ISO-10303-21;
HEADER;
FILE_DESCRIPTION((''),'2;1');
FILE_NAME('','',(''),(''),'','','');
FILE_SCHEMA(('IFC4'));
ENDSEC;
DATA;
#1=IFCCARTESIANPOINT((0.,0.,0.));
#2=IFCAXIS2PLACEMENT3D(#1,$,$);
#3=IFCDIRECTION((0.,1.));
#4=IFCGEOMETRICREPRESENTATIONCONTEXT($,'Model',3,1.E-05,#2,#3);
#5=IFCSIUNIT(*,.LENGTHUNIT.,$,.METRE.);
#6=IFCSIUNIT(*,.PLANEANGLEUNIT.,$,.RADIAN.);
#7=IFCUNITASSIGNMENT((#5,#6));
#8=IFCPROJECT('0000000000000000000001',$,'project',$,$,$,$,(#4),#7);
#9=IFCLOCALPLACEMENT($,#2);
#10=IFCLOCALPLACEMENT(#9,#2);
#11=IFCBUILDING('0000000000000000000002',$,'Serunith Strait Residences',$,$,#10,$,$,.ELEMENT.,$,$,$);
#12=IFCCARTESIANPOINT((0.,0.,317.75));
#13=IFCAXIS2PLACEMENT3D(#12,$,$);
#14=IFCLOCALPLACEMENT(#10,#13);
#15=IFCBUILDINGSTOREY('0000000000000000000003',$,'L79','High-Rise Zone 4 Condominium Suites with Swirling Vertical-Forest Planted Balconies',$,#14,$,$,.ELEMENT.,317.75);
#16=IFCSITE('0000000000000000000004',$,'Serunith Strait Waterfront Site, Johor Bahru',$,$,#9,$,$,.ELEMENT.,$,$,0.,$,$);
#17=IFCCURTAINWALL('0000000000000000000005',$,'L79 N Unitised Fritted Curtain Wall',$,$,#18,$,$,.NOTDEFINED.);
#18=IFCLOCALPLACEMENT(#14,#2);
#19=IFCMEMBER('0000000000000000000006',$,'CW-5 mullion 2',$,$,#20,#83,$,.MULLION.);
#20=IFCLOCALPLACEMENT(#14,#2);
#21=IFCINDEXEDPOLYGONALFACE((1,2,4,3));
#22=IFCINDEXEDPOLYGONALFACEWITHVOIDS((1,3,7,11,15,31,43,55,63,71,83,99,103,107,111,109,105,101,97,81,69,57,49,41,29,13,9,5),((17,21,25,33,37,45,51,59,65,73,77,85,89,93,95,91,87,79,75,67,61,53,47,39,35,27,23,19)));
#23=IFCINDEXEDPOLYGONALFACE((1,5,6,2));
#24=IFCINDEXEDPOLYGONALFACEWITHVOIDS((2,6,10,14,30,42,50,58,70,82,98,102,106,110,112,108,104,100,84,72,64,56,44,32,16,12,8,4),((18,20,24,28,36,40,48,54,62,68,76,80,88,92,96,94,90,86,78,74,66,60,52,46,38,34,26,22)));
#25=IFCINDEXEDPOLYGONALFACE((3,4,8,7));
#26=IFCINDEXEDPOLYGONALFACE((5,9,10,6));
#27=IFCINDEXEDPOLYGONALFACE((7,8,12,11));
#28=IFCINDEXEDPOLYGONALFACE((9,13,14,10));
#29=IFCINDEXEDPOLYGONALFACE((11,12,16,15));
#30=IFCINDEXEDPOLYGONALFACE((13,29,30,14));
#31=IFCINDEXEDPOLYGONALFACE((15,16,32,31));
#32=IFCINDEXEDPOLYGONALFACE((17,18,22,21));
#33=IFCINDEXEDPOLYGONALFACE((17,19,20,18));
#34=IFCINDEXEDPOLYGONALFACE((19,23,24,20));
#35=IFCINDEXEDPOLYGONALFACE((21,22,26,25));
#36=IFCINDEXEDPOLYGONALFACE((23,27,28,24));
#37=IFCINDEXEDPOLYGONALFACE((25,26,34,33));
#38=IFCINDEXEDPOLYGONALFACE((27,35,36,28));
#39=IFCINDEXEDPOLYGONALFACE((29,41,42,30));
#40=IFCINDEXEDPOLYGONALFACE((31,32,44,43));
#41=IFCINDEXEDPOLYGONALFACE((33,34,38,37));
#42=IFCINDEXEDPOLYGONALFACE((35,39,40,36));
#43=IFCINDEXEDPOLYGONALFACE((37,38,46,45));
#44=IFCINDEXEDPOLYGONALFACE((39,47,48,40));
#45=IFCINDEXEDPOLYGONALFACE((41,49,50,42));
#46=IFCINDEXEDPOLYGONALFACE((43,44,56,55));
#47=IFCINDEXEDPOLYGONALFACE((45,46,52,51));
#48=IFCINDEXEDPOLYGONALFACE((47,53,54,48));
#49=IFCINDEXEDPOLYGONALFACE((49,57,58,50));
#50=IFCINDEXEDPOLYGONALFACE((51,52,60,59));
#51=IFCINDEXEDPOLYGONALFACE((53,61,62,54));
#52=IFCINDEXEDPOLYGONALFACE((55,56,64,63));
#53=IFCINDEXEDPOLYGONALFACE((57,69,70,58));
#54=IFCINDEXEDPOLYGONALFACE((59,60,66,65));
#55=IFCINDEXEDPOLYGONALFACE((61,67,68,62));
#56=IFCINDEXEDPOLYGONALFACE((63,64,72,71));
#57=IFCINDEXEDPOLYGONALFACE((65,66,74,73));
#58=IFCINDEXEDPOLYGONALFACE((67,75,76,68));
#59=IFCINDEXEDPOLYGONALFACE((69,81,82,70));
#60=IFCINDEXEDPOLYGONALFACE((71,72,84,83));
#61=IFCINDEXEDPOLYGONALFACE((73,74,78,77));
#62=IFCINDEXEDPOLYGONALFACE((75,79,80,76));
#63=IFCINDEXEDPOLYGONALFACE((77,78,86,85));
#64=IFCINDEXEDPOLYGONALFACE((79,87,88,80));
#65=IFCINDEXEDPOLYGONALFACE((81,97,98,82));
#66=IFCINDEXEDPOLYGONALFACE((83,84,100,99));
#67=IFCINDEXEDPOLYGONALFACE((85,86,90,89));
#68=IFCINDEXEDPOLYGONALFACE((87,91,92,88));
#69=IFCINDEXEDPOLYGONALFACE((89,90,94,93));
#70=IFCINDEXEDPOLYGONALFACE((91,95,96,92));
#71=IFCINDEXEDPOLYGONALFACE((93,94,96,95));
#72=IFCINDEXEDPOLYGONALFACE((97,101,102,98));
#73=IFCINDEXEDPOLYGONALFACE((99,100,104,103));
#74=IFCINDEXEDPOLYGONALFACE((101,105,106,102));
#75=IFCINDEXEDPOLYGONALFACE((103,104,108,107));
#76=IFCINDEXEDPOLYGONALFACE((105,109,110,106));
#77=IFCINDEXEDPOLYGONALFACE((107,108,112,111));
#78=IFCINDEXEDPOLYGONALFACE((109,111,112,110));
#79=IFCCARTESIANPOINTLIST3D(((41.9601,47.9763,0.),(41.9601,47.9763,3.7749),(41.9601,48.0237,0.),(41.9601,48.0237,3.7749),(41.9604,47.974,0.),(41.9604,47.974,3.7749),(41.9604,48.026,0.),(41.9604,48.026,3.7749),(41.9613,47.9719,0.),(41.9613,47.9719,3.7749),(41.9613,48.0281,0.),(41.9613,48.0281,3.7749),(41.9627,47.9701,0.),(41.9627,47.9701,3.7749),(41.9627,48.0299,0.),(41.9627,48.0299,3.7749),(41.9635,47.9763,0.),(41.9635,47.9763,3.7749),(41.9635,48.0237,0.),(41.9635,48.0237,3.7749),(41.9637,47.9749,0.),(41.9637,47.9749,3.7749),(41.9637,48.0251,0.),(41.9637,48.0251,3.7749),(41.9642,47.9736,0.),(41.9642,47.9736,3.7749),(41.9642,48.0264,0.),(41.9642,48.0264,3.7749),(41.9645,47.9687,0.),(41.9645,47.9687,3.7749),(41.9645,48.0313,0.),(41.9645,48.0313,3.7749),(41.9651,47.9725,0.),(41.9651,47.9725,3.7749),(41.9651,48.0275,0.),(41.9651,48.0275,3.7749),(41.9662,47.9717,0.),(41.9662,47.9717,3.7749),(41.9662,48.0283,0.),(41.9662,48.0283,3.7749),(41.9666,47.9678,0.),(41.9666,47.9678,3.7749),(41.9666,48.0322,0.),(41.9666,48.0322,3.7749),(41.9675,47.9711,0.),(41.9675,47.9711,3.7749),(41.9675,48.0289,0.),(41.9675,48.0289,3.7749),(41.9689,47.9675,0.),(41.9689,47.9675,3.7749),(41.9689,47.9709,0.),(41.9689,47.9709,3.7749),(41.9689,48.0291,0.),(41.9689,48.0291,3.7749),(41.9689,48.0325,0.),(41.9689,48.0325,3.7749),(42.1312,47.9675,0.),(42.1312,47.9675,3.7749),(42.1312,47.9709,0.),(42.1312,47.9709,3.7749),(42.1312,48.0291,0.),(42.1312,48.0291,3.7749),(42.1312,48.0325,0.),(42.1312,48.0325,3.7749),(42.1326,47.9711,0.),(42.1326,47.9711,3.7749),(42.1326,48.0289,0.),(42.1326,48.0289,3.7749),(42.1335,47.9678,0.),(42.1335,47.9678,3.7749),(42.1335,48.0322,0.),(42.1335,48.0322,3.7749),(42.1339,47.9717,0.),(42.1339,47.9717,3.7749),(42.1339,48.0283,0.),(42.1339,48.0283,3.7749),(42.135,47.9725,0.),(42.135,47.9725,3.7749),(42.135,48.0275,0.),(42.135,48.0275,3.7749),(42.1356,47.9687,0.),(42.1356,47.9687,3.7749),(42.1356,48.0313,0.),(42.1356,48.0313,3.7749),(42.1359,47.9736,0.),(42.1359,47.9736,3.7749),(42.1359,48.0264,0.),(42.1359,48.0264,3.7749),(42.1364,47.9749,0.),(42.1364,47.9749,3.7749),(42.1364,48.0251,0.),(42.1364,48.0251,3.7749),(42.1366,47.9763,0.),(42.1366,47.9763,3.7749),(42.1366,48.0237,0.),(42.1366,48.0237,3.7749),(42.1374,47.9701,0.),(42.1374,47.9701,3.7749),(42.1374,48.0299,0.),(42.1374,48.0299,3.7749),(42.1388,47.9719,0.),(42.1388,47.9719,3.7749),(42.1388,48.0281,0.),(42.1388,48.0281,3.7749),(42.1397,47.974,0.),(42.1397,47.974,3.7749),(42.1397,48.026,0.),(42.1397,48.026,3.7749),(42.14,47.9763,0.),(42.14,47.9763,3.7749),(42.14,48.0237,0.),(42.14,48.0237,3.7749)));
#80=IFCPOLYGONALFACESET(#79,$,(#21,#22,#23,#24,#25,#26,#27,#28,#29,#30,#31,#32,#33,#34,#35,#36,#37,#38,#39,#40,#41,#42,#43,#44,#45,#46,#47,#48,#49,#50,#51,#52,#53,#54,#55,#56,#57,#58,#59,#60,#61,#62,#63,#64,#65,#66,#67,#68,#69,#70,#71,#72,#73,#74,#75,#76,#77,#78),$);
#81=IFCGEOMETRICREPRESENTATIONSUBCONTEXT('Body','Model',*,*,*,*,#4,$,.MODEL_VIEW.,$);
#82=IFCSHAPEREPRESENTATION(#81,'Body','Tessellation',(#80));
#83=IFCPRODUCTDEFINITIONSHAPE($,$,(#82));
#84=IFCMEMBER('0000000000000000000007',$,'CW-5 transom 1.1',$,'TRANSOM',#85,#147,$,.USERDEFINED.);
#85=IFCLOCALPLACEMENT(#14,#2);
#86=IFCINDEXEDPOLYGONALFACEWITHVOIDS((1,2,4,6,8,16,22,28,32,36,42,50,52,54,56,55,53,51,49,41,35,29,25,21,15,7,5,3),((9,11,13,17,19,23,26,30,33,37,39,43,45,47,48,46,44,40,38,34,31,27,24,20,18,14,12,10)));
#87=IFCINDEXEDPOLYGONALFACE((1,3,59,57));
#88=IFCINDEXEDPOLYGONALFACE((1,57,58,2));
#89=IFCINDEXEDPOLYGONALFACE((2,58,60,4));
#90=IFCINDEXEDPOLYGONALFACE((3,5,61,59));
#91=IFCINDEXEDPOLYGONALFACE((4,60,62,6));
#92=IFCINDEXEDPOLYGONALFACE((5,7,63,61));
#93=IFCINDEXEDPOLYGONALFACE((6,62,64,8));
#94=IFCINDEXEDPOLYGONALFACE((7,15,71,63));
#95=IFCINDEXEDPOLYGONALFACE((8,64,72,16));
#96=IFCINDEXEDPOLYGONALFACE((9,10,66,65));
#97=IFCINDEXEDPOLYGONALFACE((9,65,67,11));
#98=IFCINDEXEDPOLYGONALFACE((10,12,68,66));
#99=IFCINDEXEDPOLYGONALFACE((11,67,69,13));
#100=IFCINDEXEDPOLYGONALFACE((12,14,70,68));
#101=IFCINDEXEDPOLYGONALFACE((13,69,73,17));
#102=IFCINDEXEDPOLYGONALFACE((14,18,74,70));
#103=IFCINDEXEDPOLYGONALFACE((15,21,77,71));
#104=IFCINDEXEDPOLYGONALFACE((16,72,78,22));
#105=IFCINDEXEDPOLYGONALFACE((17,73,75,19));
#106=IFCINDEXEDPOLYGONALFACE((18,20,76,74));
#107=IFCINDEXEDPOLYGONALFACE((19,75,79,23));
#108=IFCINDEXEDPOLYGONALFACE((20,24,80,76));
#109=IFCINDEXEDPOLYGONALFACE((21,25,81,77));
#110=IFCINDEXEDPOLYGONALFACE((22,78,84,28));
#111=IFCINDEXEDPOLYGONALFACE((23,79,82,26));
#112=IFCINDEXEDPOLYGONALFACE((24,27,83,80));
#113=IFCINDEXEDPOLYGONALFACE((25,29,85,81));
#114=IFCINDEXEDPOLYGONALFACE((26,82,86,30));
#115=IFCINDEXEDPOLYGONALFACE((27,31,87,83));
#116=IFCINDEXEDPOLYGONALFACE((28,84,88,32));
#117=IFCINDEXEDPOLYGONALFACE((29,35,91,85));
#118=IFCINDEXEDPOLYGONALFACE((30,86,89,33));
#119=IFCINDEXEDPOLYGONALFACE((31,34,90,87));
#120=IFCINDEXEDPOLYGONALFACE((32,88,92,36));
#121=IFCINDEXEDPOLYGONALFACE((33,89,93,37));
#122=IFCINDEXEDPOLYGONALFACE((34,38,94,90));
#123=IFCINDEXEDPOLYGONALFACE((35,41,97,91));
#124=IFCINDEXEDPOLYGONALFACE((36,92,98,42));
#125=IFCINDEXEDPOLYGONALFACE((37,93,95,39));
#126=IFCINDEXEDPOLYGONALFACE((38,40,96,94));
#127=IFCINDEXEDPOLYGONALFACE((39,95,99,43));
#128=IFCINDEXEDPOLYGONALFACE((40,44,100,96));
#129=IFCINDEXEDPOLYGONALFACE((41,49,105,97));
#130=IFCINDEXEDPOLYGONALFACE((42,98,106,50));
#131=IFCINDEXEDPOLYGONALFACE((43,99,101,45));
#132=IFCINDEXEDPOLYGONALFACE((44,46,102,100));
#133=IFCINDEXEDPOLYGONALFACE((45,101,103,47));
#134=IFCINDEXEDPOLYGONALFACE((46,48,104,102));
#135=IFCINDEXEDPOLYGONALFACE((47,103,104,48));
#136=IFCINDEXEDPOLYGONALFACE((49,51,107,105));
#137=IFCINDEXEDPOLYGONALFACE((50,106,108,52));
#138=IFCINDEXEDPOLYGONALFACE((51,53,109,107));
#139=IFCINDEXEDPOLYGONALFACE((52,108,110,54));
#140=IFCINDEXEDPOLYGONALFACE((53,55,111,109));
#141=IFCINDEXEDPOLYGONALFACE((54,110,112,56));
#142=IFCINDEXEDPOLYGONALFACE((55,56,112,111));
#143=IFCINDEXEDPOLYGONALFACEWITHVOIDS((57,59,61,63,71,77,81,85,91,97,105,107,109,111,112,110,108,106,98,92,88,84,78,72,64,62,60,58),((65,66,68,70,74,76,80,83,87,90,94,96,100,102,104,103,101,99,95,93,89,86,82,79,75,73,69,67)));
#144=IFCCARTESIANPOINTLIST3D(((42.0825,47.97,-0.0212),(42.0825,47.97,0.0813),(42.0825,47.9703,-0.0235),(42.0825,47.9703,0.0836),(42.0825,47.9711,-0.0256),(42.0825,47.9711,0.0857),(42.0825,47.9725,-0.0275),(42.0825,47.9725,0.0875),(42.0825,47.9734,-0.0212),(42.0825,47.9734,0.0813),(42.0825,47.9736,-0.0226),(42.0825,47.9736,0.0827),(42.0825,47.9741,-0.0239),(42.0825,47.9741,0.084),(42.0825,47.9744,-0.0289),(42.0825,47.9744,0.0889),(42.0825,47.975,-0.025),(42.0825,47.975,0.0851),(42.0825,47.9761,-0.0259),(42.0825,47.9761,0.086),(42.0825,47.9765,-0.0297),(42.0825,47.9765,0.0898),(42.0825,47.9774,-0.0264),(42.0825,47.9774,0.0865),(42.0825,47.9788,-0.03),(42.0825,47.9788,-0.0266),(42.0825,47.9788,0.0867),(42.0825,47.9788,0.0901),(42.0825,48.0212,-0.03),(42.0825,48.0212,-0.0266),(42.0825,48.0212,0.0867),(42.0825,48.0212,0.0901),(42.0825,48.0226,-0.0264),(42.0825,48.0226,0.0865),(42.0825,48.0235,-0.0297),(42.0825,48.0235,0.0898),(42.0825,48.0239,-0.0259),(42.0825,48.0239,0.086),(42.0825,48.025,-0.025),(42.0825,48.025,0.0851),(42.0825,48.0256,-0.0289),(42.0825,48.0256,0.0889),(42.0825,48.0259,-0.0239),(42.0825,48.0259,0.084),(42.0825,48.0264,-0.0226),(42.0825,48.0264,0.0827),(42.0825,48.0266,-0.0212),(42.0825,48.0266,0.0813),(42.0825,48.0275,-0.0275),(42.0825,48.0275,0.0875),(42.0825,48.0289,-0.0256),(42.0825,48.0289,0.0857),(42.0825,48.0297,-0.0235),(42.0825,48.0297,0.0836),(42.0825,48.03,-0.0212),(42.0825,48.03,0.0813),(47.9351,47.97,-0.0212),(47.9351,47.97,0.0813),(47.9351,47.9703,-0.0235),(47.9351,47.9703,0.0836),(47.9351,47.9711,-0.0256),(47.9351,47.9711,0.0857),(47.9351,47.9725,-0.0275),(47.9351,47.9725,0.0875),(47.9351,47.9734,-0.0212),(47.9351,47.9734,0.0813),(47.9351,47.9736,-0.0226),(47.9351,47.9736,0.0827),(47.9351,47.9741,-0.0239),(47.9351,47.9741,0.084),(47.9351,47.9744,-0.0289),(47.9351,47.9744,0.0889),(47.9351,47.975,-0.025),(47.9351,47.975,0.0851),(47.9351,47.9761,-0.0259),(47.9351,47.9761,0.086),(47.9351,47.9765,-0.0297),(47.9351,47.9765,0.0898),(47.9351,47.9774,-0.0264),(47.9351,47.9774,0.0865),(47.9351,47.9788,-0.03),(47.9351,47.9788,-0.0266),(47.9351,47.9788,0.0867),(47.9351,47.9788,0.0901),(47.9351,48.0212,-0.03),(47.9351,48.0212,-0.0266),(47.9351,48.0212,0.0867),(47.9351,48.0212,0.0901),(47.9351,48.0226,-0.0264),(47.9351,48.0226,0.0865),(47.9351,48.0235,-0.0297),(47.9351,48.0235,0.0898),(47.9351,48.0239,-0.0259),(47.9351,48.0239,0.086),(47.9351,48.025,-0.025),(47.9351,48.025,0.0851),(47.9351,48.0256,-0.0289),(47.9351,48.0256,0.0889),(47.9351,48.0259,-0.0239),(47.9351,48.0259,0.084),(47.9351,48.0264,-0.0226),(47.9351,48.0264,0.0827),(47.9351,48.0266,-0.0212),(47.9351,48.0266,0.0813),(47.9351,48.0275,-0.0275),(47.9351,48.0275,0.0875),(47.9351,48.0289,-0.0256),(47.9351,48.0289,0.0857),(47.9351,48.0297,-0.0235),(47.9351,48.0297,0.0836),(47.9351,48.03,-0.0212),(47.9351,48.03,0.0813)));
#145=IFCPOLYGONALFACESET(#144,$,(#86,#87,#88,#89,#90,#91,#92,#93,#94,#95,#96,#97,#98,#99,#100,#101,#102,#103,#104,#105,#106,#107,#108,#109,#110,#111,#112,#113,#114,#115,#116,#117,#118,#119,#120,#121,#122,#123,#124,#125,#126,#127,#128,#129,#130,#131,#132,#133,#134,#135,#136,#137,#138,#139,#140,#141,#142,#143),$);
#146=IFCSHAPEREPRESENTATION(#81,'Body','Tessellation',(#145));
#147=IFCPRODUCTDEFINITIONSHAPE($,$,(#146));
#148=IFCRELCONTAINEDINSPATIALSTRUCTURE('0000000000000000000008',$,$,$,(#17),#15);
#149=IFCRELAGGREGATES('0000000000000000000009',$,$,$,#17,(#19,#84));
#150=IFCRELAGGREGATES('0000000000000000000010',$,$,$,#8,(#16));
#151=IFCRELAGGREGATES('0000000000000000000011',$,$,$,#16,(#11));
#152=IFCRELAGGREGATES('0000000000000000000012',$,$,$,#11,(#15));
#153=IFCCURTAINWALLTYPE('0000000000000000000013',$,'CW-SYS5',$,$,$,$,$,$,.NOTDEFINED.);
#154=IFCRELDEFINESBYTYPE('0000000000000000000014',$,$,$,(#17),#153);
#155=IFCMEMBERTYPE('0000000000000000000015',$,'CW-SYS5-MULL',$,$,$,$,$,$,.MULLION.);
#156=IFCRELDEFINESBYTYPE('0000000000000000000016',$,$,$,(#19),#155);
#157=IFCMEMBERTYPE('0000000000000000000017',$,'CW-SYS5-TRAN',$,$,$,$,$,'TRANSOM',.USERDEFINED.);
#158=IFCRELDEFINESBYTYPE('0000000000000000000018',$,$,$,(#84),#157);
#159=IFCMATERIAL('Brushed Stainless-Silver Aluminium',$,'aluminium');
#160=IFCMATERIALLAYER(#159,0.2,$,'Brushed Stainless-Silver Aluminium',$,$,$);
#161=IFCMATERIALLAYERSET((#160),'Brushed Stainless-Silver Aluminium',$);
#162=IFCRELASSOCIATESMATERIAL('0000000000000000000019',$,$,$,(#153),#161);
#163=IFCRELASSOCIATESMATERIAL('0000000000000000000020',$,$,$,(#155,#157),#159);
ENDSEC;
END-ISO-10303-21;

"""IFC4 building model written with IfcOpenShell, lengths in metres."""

from ifc_helpers import new_model, si_unit, direction, frame, origin, origin_2d, place, context, subcontext, project, spatial, hollow_rectangle, extrude, source, transform, mapped, material, layer, layer_set, material_profile, profile_set, type_object, element, aggregate, save


model = new_model("IFC4")

# Units and contexts
model_context = context("Model", 3, precision=1e-05, world=origin(), true_north=direction((0.0, 1.0)))
body_context = subcontext(model_context, "Body", "Model", "MODEL_VIEW")
ifc_project = project(units=[si_unit("LENGTHUNIT", "METRE"), si_unit("PLANEANGLEUNIT", "RADIAN")], contexts=[model_context])

# Site, building, storey
site_placement = place(None, origin())
site = spatial("IfcSite", under=ifc_project, at=site_placement, Name="Serunith Strait Waterfront Site, Johor Bahru", CompositionType="ELEMENT", RefElevation=0.0)
building_placement = place(site_placement, origin())
building = spatial("IfcBuilding", under=site, at=building_placement, Name="Serunith Strait Residences", CompositionType="ELEMENT")
storey_placement = place(building_placement, frame((0.0, 0.0, 317.75)))
storey = spatial("IfcBuildingStorey", under=building, at=storey_placement, Name="L79", Description="High-Rise Zone 4 Condominium Suites with Swirling Vertical-Forest Planted Balconies", CompositionType="ELEMENT", Elevation=317.75)

# Shared definitions
ifc_material_1 = material(Name="Brushed Stainless-Silver Aluminium", Category="aluminium")
ifc_layer_1 = layer(ifc_material_1, 0.2, Name="Brushed Stainless-Silver Aluminium")
ifc_layer_set_1 = layer_set([ifc_layer_1], Name="Brushed Stainless-Silver Aluminium")
curtain_wall_type = type_object("IfcCurtainWallType", Name="CW-SYS5", PredefinedType="NOTDEFINED", material=ifc_layer_set_1)
ifc_material_profile_1 = material_profile(ifc_material_1, hollow_rectangle(XDim=0.0649, YDim=0.1799, WallThickness=0.0034, InnerFilletRadius=0.0054, OuterFilletRadius=0.0088, at=origin_2d()), Name="ALU 180x65x3.5")
ifc_profile_set_1 = profile_set([ifc_material_profile_1], Name="Brushed Stainless-Silver Aluminium")
member_type_1 = type_object("IfcMemberType", Name="CW-SYS5-MULL", PredefinedType="MULLION", material=ifc_profile_set_1)
shared_shape_1 = source(origin(), body_context, "Body", "SweptSolid", [
    extrude(hollow_rectangle(XDim=0.0649, YDim=0.1799, WallThickness=0.0034, InnerFilletRadius=0.0054, OuterFilletRadius=0.0088, at=origin_2d()), origin(), (0.0, 0.0, 1.0), 3.7749),
])

# Curtain wall, members
curtain_wall_1_placement = place(storey_placement, origin())
curtain_wall_1 = element("IfcCurtainWall", 1, at=curtain_wall_1_placement, inside=storey, type_object=curtain_wall_type, Name="L79 N Unitised Fritted Curtain Wall", PredefinedType="NOTDEFINED")
member_1_placement = place(storey_placement, frame((42.05, 48.0, 0.0), z_axis=(0.0, 0.0, 1.0), x_axis=(0.0, -1.0, 0.0)))
member_1 = element("IfcMember", 2, at=member_1_placement, type_object=member_type_1, Name="CW-5 mullion 2", PredefinedType="MULLION", context=body_context, shape_type="MappedRepresentation", body=[
    mapped(shared_shape_1, transform((0.0, 0.0, 0.0), scale=1.0)),
])
ifc_material_profile_2 = material_profile(ifc_material_1, hollow_rectangle(XDim=0.0601, YDim=0.1201, WallThickness=0.0034, InnerFilletRadius=0.0054, OuterFilletRadius=0.0088, at=origin_2d()), Name="ALU 120x60x3.5")
ifc_profile_set_2 = profile_set([ifc_material_profile_2], Name="Brushed Stainless-Silver Aluminium")
member_type_2 = type_object("IfcMemberType", Name="CW-SYS5-TRAN", ElementType="TRANSOM", PredefinedType="USERDEFINED", material=ifc_profile_set_2)
shared_shape_2 = source(origin(), body_context, "Body", "SweptSolid", [
    extrude(hollow_rectangle(XDim=0.0601, YDim=0.1201, WallThickness=0.0034, InnerFilletRadius=0.0054, OuterFilletRadius=0.0088, at=origin_2d()), origin(), (0.0, 0.0, 1.0), 5.8525),
])
member_2_placement = place(storey_placement, frame((47.9351, 48.0, 0.03), z_axis=(-1.0, 0.0, 0.0), x_axis=(0.0, -1.0, 0.0)))
member_2 = element("IfcMember", 3, at=member_2_placement, type_object=member_type_2, Name="CW-5 transom 1.1", ObjectType="TRANSOM", PredefinedType="USERDEFINED", context=body_context, shape_type="MappedRepresentation", body=[
    mapped(shared_shape_2, transform((0.0, 0.0, 0.0), scale=1.0)),
])

aggregate(curtain_wall_1, [member_1, member_2])

save(model, "model.ifc")
